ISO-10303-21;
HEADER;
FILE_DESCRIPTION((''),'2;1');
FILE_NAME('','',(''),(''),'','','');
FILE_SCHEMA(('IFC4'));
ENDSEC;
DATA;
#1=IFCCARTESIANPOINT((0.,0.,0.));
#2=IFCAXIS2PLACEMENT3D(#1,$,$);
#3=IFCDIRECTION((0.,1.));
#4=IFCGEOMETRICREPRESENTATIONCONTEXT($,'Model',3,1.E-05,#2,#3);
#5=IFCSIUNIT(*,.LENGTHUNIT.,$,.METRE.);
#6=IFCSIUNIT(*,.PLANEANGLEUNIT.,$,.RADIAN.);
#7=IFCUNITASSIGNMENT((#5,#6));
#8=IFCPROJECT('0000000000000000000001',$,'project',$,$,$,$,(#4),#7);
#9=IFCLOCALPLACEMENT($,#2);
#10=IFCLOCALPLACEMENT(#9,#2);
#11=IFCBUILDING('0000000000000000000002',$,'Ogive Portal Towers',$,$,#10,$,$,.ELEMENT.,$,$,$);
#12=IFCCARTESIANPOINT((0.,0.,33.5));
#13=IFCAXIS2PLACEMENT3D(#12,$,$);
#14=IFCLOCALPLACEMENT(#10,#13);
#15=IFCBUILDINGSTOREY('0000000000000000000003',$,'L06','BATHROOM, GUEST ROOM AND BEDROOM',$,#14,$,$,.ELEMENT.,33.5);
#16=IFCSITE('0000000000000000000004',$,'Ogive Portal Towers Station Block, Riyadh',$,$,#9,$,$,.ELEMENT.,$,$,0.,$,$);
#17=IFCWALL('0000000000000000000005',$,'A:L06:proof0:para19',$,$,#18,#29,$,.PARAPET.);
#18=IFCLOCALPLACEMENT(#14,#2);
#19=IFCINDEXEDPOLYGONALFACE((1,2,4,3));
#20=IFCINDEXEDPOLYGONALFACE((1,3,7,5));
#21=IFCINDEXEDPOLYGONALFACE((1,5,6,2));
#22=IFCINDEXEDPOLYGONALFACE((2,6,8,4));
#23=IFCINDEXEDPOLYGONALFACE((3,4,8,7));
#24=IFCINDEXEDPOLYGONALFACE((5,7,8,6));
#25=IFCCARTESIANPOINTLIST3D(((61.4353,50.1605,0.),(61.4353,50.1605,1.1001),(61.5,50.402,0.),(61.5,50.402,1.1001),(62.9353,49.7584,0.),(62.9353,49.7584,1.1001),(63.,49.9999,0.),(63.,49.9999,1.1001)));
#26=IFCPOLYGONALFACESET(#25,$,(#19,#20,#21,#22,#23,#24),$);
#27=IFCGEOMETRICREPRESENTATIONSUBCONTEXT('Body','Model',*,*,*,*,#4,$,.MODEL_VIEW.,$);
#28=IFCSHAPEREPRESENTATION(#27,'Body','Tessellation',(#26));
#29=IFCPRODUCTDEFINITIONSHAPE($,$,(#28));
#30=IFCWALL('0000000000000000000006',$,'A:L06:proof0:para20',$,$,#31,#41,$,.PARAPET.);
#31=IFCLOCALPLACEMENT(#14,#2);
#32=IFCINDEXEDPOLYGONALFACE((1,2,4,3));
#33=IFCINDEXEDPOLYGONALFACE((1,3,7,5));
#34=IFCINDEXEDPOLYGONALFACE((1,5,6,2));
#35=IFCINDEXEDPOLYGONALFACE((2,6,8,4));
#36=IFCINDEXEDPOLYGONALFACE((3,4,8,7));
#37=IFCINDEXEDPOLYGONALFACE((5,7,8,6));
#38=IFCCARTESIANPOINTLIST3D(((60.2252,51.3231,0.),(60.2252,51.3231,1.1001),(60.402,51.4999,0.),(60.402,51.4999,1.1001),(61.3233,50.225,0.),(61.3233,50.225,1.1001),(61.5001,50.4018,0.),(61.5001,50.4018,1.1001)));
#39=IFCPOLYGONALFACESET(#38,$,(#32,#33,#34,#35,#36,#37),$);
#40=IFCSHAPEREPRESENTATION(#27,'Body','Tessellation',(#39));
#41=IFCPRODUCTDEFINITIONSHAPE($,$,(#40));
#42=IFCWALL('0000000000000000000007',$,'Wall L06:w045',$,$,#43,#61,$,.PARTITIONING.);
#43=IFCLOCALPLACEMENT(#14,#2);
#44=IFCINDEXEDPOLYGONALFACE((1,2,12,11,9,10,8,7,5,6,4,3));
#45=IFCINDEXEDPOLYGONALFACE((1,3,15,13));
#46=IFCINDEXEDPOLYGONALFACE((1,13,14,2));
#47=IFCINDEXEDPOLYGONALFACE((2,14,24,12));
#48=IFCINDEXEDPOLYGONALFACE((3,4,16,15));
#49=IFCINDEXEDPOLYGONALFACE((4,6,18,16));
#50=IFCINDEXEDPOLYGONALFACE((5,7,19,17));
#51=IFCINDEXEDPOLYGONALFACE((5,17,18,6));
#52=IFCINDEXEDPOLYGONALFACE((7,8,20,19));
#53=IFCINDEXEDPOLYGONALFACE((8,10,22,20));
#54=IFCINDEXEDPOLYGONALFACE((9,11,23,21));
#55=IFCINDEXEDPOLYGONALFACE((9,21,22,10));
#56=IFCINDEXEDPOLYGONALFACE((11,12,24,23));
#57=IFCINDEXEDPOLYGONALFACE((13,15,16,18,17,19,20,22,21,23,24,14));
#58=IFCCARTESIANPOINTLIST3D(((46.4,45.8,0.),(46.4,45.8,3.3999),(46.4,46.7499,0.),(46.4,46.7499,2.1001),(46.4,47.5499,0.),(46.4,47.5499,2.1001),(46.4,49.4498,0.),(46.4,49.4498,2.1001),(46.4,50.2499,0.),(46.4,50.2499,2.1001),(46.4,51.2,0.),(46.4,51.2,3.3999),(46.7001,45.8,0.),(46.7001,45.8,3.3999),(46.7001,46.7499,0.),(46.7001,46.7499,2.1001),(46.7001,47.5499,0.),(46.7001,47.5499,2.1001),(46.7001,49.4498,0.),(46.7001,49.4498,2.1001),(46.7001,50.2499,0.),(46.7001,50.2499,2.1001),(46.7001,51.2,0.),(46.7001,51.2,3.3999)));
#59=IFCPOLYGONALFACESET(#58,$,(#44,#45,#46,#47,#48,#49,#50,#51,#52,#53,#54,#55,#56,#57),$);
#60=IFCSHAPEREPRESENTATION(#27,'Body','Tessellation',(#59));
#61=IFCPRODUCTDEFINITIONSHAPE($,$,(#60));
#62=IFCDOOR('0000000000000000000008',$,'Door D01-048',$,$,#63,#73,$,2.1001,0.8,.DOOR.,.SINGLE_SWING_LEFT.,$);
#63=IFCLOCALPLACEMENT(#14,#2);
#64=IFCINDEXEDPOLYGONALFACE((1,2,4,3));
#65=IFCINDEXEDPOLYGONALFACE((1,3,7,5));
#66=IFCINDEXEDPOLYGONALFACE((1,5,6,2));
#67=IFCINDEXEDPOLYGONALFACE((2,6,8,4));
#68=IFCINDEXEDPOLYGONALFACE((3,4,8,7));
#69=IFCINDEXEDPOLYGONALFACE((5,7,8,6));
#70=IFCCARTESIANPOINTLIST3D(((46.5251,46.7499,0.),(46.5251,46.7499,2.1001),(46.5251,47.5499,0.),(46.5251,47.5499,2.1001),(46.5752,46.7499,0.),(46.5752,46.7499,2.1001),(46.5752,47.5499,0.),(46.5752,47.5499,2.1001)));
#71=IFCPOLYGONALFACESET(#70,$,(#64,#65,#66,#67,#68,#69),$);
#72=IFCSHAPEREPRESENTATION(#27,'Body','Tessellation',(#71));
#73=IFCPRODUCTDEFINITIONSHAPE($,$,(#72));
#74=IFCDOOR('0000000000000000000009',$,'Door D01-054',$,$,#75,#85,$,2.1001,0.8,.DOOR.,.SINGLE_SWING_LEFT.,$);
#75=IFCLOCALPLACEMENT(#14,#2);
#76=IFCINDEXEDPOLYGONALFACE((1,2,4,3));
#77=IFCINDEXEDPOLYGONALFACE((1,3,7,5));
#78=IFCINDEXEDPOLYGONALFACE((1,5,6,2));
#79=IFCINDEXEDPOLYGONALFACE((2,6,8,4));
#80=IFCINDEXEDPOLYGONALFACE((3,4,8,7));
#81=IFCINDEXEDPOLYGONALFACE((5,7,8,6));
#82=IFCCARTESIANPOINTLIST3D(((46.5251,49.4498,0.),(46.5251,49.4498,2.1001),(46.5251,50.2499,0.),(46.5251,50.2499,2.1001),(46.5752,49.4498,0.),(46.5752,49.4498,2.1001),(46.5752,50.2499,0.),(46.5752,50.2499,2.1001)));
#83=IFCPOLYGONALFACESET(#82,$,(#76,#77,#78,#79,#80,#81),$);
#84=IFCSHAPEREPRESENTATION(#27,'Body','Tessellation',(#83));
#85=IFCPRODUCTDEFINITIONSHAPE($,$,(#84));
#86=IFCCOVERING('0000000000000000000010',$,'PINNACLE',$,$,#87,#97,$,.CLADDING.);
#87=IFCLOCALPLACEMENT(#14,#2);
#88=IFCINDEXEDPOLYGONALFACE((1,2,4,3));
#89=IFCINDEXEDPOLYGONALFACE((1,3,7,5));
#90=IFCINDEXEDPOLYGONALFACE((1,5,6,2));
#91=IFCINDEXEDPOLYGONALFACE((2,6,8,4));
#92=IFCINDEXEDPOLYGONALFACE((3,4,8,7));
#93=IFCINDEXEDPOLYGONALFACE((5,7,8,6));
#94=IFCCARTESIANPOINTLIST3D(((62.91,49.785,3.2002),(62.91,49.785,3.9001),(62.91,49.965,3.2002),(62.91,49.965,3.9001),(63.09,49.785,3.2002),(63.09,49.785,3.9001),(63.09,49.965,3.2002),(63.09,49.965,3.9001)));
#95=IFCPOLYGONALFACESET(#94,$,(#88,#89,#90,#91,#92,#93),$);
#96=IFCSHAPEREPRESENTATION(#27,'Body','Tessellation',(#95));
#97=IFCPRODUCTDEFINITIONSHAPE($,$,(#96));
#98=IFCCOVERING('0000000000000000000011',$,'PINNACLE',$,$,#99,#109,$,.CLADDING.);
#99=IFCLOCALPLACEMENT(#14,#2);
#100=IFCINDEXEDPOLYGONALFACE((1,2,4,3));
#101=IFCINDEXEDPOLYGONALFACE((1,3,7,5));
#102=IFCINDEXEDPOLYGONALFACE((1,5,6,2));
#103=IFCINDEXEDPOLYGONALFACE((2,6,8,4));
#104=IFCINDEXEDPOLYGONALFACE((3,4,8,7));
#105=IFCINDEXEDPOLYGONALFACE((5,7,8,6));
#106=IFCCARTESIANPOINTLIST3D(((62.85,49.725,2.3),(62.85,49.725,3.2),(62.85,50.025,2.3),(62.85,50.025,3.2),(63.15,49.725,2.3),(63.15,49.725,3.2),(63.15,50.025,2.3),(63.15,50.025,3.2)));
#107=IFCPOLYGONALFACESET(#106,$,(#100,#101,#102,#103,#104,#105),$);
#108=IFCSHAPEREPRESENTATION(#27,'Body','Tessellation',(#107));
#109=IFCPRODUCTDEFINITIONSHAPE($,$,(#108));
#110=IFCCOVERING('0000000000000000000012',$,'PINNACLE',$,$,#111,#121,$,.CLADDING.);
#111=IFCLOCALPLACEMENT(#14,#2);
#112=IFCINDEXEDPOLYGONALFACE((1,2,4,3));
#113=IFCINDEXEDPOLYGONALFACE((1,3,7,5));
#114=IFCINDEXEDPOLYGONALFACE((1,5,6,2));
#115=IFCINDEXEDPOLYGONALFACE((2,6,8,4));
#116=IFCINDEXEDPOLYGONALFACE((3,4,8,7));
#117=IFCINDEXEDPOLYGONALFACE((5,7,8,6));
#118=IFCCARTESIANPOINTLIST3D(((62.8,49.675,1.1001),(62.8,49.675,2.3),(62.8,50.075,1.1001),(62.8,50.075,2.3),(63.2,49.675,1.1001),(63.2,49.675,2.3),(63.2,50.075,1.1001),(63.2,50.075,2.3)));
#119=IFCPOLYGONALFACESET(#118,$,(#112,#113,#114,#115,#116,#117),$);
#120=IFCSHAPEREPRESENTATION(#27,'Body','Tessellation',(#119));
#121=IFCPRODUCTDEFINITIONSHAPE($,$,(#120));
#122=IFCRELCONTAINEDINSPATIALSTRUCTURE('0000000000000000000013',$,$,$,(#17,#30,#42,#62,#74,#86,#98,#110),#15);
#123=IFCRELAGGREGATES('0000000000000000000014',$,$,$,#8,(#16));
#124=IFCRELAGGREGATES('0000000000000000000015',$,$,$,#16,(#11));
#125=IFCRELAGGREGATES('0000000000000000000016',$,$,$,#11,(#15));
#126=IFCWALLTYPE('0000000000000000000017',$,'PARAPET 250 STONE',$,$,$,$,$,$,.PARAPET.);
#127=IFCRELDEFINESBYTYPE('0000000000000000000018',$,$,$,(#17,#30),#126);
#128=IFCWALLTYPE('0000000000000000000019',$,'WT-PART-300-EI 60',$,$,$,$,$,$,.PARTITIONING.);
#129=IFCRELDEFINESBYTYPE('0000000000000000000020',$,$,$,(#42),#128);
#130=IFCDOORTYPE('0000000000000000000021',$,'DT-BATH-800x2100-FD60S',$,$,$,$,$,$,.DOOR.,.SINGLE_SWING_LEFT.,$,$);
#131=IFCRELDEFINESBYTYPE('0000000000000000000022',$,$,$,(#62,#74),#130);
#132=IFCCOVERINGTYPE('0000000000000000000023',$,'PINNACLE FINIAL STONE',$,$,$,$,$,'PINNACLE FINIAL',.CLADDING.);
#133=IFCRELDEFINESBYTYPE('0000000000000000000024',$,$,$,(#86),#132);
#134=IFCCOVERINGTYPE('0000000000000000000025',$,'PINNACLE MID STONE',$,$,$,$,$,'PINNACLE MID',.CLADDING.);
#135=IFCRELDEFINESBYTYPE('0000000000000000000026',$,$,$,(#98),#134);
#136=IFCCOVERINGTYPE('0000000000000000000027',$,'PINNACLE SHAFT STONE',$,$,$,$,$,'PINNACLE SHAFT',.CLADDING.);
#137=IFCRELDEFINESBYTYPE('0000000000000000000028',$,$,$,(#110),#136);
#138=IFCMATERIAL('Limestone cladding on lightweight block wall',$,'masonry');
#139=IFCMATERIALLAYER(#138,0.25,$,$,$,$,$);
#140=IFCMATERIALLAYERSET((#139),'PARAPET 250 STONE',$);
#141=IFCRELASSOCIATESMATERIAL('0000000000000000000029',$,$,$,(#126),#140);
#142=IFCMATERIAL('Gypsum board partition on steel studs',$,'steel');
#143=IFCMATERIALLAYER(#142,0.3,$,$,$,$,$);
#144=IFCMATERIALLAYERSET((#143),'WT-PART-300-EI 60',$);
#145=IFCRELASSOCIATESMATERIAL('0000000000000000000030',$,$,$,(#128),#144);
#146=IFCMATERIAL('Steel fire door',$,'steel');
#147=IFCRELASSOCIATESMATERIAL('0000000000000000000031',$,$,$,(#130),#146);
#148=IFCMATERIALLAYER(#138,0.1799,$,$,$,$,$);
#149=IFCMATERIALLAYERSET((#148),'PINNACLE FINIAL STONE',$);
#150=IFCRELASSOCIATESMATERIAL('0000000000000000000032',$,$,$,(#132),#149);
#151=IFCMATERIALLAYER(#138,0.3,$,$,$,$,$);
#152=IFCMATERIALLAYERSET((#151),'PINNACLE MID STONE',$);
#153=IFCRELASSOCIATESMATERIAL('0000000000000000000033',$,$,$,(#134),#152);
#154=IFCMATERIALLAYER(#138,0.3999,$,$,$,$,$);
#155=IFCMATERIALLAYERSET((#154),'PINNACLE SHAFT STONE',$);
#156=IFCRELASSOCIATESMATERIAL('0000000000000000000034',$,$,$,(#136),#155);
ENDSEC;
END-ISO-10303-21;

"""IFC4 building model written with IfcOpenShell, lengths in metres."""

from ifc_helpers import new_model, si_unit, direction, frame, frame_2d, origin, origin_2d, place, context, subcontext, project, spatial, rectangle, extrude, material, layer, layer_set, type_object, element, fill, save


model = new_model("IFC4")

# Units and contexts
model_context = context("Model", 3, precision=1e-05, world=origin(), true_north=direction((0.0, 1.0)))
body_context = subcontext(model_context, "Body", "Model", "MODEL_VIEW")
ifc_project = project(units=[si_unit("LENGTHUNIT", "METRE"), si_unit("PLANEANGLEUNIT", "RADIAN")], contexts=[model_context])

# Site, building, storey
site_placement = place(None, origin())
site = spatial("IfcSite", under=ifc_project, at=site_placement, Name="Ogive Portal Towers Station Block, Riyadh", CompositionType="ELEMENT", RefElevation=0.0)
building_placement = place(site_placement, origin())
building = spatial("IfcBuilding", under=site, at=building_placement, Name="Ogive Portal Towers", CompositionType="ELEMENT")
storey_placement = place(building_placement, frame((0.0, 0.0, 33.5)))
storey = spatial("IfcBuildingStorey", under=building, at=storey_placement, Name="L06", Description="BATHROOM, GUEST ROOM AND BEDROOM", CompositionType="ELEMENT", Elevation=33.5)

# Walls
ifc_material_1 = material(Name="Limestone cladding on lightweight block wall", Category="masonry")
ifc_layer_1 = layer(ifc_material_1, 0.25)
ifc_layer_set_1 = layer_set([ifc_layer_1], Name="PARAPET 250 STONE")
wall_type_1 = type_object("IfcWallType", Name="PARAPET 250 STONE", PredefinedType="PARAPET", material=ifc_layer_set_1)
for number, where, z_axis, x_axis, name in (
    (1, (62.9675, 49.8792, 0.0), (0.0, 0.0, 1.0), (-0.965898, 0.258925, 0.0), "A:L06:proof0:para19"),
    (2, (61.4116, 50.3135, 0.0), (0.0, 0.0, 1.0), (-0.707107, 0.707107, 0.0), "A:L06:proof0:para20"),
):
    element("IfcWall", number, at=place(storey_placement, frame(where, z_axis=z_axis, x_axis=x_axis)), inside=storey, type_object=wall_type_1, Name=name, PredefinedType="PARAPET", context=body_context, shape_type="SweptSolid", body=[
        extrude(rectangle(XDim=1.553, YDim=0.25, at=frame_2d((0.7764, 0.0))), origin(), (0.0, 0.0, 1.0), 1.1001),
    ])

# Wall, openings, doors
ifc_material_2 = material(Name="Gypsum board partition on steel studs", Category="steel")
ifc_layer_2 = layer(ifc_material_2, 0.3)
ifc_layer_set_2 = layer_set([ifc_layer_2], Name="WT-PART-300-EI 60")
wall_type_2 = type_object("IfcWallType", Name="WT-PART-300-EI 60", PredefinedType="PARTITIONING", material=ifc_layer_set_2)
wall_placement = place(storey_placement, frame((46.55, 45.8, 0.0), z_axis=(0.0, 0.0, 1.0), x_axis=(0.0, 1.0, 0.0)))
wall = element("IfcWall", 3, at=wall_placement, inside=storey, type_object=wall_type_2, Name="Wall L06:w045", PredefinedType="PARTITIONING", context=body_context, shape_type="SweptSolid", body=[
    extrude(rectangle(XDim=5.3999, YDim=0.3, at=frame_2d((2.7, 0.0))), origin(), (0.0, 0.0, 1.0), 3.3999),
])
opening_1_placement = place(wall_placement, frame((0.95, 0.0, 0.0)))
opening_1 = element("IfcOpeningElement", 4, at=opening_1_placement, cuts=wall, PredefinedType="OPENING", context=body_context, shape_type="SweptSolid", body=[
    extrude(rectangle(XDim=0.8, YDim=2.1001, at=frame_2d((0.3999, 1.05))), frame((0.0, 0.1602, 0.0), z_axis=(0.0, -1.0, 0.0), x_axis=(1.0, 0.0, 0.0)), (0.0, 0.0, 1.0), 0.3201),
])
opening_2_placement = place(wall_placement, frame((3.6499, 0.0, 0.0)))
opening_2 = element("IfcOpeningElement", 5, at=opening_2_placement, cuts=wall, PredefinedType="OPENING", context=body_context, shape_type="SweptSolid", body=[
    extrude(rectangle(XDim=0.8, YDim=2.1001, at=frame_2d((0.3999, 1.05))), frame((0.0, 0.1602, 0.0), z_axis=(0.0, -1.0, 0.0), x_axis=(1.0, 0.0, 0.0)), (0.0, 0.0, 1.0), 0.3201),
])
ifc_material_3 = material(Name="Steel fire door", Category="steel")
door_type = type_object("IfcDoorType", Name="DT-BATH-800x2100-FD60S", OperationType="SINGLE_SWING_LEFT", PredefinedType="DOOR", material=ifc_material_3)
door_1_placement = place(opening_1_placement, origin())
door_1 = element("IfcDoor", 6, at=door_1_placement, inside=storey, type_object=door_type, Name="Door D01-048", OperationType="SINGLE_SWING_LEFT", OverallHeight=2.1001, OverallWidth=0.8, PredefinedType="DOOR", context=body_context, shape_type="SweptSolid", body=[
    extrude(rectangle(XDim=0.8, YDim=2.1001, at=frame_2d((0.3999, 1.05))), frame((0.0, 0.0249, 0.0), z_axis=(0.0, -1.0, 0.0), x_axis=(1.0, 0.0, 0.0)), (0.0, 0.0, 1.0), 0.05),
])
fill(opening_1, door_1)
door_2_placement = place(opening_2_placement, origin())
door_2 = element("IfcDoor", 7, at=door_2_placement, inside=storey, type_object=door_type, Name="Door D01-054", OperationType="SINGLE_SWING_LEFT", OverallHeight=2.1001, OverallWidth=0.8, PredefinedType="DOOR", context=body_context, shape_type="SweptSolid", body=[
    extrude(rectangle(XDim=0.8, YDim=2.1001, at=frame_2d((0.3999, 1.05))), frame((0.0, 0.0249, 0.0), z_axis=(0.0, -1.0, 0.0), x_axis=(1.0, 0.0, 0.0)), (0.0, 0.0, 1.0), 0.05),
])
fill(opening_2, door_2)

# Coverings
ifc_layer_3 = layer(ifc_material_1, 0.1799)
ifc_layer_set_3 = layer_set([ifc_layer_3], Name="PINNACLE FINIAL STONE")
covering_type_1 = type_object("IfcCoveringType", Name="PINNACLE FINIAL STONE", ElementType="PINNACLE FINIAL", PredefinedType="CLADDING", material=ifc_layer_set_3)
covering_1_placement = place(storey_placement, frame((63.0, 49.875, 3.2002), z_axis=(0.0, 0.0, 1.0), x_axis=(1.0, 0.0, 0.0)))
element("IfcCovering", 8, at=covering_1_placement, inside=storey, type_object=covering_type_1, Name="PINNACLE", PredefinedType="CLADDING", context=body_context, shape_type="SweptSolid", body=[
    extrude(rectangle(XDim=0.1799, YDim=0.1799, at=origin_2d()), origin(), (0.0, 0.0, 1.0), 0.7),
])
ifc_layer_4 = layer(ifc_material_1, 0.3)
ifc_layer_set_4 = layer_set([ifc_layer_4], Name="PINNACLE MID STONE")
covering_type_2 = type_object("IfcCoveringType", Name="PINNACLE MID STONE", ElementType="PINNACLE MID", PredefinedType="CLADDING", material=ifc_layer_set_4)
covering_2_placement = place(storey_placement, frame((63.0, 49.875, 2.3), z_axis=(0.0, 0.0, 1.0), x_axis=(1.0, 0.0, 0.0)))
element("IfcCovering", 9, at=covering_2_placement, inside=storey, type_object=covering_type_2, Name="PINNACLE", PredefinedType="CLADDING", context=body_context, shape_type="SweptSolid", body=[
    extrude(rectangle(XDim=0.3, YDim=0.3, at=origin_2d()), origin(), (0.0, 0.0, 1.0), 0.8999),
])
ifc_layer_5 = layer(ifc_material_1, 0.3999)
ifc_layer_set_5 = layer_set([ifc_layer_5], Name="PINNACLE SHAFT STONE")
covering_type_3 = type_object("IfcCoveringType", Name="PINNACLE SHAFT STONE", ElementType="PINNACLE SHAFT", PredefinedType="CLADDING", material=ifc_layer_set_5)
covering_3_placement = place(storey_placement, frame((63.0, 49.875, 1.1001), z_axis=(0.0, 0.0, 1.0), x_axis=(1.0, 0.0, 0.0)))
element("IfcCovering", 10, at=covering_3_placement, inside=storey, type_object=covering_type_3, Name="PINNACLE", PredefinedType="CLADDING", context=body_context, shape_type="SweptSolid", body=[
    extrude(rectangle(XDim=0.3999, YDim=0.3999, at=origin_2d()), origin(), (0.0, 0.0, 1.0), 1.2),
])

save(model, "model.ifc")
